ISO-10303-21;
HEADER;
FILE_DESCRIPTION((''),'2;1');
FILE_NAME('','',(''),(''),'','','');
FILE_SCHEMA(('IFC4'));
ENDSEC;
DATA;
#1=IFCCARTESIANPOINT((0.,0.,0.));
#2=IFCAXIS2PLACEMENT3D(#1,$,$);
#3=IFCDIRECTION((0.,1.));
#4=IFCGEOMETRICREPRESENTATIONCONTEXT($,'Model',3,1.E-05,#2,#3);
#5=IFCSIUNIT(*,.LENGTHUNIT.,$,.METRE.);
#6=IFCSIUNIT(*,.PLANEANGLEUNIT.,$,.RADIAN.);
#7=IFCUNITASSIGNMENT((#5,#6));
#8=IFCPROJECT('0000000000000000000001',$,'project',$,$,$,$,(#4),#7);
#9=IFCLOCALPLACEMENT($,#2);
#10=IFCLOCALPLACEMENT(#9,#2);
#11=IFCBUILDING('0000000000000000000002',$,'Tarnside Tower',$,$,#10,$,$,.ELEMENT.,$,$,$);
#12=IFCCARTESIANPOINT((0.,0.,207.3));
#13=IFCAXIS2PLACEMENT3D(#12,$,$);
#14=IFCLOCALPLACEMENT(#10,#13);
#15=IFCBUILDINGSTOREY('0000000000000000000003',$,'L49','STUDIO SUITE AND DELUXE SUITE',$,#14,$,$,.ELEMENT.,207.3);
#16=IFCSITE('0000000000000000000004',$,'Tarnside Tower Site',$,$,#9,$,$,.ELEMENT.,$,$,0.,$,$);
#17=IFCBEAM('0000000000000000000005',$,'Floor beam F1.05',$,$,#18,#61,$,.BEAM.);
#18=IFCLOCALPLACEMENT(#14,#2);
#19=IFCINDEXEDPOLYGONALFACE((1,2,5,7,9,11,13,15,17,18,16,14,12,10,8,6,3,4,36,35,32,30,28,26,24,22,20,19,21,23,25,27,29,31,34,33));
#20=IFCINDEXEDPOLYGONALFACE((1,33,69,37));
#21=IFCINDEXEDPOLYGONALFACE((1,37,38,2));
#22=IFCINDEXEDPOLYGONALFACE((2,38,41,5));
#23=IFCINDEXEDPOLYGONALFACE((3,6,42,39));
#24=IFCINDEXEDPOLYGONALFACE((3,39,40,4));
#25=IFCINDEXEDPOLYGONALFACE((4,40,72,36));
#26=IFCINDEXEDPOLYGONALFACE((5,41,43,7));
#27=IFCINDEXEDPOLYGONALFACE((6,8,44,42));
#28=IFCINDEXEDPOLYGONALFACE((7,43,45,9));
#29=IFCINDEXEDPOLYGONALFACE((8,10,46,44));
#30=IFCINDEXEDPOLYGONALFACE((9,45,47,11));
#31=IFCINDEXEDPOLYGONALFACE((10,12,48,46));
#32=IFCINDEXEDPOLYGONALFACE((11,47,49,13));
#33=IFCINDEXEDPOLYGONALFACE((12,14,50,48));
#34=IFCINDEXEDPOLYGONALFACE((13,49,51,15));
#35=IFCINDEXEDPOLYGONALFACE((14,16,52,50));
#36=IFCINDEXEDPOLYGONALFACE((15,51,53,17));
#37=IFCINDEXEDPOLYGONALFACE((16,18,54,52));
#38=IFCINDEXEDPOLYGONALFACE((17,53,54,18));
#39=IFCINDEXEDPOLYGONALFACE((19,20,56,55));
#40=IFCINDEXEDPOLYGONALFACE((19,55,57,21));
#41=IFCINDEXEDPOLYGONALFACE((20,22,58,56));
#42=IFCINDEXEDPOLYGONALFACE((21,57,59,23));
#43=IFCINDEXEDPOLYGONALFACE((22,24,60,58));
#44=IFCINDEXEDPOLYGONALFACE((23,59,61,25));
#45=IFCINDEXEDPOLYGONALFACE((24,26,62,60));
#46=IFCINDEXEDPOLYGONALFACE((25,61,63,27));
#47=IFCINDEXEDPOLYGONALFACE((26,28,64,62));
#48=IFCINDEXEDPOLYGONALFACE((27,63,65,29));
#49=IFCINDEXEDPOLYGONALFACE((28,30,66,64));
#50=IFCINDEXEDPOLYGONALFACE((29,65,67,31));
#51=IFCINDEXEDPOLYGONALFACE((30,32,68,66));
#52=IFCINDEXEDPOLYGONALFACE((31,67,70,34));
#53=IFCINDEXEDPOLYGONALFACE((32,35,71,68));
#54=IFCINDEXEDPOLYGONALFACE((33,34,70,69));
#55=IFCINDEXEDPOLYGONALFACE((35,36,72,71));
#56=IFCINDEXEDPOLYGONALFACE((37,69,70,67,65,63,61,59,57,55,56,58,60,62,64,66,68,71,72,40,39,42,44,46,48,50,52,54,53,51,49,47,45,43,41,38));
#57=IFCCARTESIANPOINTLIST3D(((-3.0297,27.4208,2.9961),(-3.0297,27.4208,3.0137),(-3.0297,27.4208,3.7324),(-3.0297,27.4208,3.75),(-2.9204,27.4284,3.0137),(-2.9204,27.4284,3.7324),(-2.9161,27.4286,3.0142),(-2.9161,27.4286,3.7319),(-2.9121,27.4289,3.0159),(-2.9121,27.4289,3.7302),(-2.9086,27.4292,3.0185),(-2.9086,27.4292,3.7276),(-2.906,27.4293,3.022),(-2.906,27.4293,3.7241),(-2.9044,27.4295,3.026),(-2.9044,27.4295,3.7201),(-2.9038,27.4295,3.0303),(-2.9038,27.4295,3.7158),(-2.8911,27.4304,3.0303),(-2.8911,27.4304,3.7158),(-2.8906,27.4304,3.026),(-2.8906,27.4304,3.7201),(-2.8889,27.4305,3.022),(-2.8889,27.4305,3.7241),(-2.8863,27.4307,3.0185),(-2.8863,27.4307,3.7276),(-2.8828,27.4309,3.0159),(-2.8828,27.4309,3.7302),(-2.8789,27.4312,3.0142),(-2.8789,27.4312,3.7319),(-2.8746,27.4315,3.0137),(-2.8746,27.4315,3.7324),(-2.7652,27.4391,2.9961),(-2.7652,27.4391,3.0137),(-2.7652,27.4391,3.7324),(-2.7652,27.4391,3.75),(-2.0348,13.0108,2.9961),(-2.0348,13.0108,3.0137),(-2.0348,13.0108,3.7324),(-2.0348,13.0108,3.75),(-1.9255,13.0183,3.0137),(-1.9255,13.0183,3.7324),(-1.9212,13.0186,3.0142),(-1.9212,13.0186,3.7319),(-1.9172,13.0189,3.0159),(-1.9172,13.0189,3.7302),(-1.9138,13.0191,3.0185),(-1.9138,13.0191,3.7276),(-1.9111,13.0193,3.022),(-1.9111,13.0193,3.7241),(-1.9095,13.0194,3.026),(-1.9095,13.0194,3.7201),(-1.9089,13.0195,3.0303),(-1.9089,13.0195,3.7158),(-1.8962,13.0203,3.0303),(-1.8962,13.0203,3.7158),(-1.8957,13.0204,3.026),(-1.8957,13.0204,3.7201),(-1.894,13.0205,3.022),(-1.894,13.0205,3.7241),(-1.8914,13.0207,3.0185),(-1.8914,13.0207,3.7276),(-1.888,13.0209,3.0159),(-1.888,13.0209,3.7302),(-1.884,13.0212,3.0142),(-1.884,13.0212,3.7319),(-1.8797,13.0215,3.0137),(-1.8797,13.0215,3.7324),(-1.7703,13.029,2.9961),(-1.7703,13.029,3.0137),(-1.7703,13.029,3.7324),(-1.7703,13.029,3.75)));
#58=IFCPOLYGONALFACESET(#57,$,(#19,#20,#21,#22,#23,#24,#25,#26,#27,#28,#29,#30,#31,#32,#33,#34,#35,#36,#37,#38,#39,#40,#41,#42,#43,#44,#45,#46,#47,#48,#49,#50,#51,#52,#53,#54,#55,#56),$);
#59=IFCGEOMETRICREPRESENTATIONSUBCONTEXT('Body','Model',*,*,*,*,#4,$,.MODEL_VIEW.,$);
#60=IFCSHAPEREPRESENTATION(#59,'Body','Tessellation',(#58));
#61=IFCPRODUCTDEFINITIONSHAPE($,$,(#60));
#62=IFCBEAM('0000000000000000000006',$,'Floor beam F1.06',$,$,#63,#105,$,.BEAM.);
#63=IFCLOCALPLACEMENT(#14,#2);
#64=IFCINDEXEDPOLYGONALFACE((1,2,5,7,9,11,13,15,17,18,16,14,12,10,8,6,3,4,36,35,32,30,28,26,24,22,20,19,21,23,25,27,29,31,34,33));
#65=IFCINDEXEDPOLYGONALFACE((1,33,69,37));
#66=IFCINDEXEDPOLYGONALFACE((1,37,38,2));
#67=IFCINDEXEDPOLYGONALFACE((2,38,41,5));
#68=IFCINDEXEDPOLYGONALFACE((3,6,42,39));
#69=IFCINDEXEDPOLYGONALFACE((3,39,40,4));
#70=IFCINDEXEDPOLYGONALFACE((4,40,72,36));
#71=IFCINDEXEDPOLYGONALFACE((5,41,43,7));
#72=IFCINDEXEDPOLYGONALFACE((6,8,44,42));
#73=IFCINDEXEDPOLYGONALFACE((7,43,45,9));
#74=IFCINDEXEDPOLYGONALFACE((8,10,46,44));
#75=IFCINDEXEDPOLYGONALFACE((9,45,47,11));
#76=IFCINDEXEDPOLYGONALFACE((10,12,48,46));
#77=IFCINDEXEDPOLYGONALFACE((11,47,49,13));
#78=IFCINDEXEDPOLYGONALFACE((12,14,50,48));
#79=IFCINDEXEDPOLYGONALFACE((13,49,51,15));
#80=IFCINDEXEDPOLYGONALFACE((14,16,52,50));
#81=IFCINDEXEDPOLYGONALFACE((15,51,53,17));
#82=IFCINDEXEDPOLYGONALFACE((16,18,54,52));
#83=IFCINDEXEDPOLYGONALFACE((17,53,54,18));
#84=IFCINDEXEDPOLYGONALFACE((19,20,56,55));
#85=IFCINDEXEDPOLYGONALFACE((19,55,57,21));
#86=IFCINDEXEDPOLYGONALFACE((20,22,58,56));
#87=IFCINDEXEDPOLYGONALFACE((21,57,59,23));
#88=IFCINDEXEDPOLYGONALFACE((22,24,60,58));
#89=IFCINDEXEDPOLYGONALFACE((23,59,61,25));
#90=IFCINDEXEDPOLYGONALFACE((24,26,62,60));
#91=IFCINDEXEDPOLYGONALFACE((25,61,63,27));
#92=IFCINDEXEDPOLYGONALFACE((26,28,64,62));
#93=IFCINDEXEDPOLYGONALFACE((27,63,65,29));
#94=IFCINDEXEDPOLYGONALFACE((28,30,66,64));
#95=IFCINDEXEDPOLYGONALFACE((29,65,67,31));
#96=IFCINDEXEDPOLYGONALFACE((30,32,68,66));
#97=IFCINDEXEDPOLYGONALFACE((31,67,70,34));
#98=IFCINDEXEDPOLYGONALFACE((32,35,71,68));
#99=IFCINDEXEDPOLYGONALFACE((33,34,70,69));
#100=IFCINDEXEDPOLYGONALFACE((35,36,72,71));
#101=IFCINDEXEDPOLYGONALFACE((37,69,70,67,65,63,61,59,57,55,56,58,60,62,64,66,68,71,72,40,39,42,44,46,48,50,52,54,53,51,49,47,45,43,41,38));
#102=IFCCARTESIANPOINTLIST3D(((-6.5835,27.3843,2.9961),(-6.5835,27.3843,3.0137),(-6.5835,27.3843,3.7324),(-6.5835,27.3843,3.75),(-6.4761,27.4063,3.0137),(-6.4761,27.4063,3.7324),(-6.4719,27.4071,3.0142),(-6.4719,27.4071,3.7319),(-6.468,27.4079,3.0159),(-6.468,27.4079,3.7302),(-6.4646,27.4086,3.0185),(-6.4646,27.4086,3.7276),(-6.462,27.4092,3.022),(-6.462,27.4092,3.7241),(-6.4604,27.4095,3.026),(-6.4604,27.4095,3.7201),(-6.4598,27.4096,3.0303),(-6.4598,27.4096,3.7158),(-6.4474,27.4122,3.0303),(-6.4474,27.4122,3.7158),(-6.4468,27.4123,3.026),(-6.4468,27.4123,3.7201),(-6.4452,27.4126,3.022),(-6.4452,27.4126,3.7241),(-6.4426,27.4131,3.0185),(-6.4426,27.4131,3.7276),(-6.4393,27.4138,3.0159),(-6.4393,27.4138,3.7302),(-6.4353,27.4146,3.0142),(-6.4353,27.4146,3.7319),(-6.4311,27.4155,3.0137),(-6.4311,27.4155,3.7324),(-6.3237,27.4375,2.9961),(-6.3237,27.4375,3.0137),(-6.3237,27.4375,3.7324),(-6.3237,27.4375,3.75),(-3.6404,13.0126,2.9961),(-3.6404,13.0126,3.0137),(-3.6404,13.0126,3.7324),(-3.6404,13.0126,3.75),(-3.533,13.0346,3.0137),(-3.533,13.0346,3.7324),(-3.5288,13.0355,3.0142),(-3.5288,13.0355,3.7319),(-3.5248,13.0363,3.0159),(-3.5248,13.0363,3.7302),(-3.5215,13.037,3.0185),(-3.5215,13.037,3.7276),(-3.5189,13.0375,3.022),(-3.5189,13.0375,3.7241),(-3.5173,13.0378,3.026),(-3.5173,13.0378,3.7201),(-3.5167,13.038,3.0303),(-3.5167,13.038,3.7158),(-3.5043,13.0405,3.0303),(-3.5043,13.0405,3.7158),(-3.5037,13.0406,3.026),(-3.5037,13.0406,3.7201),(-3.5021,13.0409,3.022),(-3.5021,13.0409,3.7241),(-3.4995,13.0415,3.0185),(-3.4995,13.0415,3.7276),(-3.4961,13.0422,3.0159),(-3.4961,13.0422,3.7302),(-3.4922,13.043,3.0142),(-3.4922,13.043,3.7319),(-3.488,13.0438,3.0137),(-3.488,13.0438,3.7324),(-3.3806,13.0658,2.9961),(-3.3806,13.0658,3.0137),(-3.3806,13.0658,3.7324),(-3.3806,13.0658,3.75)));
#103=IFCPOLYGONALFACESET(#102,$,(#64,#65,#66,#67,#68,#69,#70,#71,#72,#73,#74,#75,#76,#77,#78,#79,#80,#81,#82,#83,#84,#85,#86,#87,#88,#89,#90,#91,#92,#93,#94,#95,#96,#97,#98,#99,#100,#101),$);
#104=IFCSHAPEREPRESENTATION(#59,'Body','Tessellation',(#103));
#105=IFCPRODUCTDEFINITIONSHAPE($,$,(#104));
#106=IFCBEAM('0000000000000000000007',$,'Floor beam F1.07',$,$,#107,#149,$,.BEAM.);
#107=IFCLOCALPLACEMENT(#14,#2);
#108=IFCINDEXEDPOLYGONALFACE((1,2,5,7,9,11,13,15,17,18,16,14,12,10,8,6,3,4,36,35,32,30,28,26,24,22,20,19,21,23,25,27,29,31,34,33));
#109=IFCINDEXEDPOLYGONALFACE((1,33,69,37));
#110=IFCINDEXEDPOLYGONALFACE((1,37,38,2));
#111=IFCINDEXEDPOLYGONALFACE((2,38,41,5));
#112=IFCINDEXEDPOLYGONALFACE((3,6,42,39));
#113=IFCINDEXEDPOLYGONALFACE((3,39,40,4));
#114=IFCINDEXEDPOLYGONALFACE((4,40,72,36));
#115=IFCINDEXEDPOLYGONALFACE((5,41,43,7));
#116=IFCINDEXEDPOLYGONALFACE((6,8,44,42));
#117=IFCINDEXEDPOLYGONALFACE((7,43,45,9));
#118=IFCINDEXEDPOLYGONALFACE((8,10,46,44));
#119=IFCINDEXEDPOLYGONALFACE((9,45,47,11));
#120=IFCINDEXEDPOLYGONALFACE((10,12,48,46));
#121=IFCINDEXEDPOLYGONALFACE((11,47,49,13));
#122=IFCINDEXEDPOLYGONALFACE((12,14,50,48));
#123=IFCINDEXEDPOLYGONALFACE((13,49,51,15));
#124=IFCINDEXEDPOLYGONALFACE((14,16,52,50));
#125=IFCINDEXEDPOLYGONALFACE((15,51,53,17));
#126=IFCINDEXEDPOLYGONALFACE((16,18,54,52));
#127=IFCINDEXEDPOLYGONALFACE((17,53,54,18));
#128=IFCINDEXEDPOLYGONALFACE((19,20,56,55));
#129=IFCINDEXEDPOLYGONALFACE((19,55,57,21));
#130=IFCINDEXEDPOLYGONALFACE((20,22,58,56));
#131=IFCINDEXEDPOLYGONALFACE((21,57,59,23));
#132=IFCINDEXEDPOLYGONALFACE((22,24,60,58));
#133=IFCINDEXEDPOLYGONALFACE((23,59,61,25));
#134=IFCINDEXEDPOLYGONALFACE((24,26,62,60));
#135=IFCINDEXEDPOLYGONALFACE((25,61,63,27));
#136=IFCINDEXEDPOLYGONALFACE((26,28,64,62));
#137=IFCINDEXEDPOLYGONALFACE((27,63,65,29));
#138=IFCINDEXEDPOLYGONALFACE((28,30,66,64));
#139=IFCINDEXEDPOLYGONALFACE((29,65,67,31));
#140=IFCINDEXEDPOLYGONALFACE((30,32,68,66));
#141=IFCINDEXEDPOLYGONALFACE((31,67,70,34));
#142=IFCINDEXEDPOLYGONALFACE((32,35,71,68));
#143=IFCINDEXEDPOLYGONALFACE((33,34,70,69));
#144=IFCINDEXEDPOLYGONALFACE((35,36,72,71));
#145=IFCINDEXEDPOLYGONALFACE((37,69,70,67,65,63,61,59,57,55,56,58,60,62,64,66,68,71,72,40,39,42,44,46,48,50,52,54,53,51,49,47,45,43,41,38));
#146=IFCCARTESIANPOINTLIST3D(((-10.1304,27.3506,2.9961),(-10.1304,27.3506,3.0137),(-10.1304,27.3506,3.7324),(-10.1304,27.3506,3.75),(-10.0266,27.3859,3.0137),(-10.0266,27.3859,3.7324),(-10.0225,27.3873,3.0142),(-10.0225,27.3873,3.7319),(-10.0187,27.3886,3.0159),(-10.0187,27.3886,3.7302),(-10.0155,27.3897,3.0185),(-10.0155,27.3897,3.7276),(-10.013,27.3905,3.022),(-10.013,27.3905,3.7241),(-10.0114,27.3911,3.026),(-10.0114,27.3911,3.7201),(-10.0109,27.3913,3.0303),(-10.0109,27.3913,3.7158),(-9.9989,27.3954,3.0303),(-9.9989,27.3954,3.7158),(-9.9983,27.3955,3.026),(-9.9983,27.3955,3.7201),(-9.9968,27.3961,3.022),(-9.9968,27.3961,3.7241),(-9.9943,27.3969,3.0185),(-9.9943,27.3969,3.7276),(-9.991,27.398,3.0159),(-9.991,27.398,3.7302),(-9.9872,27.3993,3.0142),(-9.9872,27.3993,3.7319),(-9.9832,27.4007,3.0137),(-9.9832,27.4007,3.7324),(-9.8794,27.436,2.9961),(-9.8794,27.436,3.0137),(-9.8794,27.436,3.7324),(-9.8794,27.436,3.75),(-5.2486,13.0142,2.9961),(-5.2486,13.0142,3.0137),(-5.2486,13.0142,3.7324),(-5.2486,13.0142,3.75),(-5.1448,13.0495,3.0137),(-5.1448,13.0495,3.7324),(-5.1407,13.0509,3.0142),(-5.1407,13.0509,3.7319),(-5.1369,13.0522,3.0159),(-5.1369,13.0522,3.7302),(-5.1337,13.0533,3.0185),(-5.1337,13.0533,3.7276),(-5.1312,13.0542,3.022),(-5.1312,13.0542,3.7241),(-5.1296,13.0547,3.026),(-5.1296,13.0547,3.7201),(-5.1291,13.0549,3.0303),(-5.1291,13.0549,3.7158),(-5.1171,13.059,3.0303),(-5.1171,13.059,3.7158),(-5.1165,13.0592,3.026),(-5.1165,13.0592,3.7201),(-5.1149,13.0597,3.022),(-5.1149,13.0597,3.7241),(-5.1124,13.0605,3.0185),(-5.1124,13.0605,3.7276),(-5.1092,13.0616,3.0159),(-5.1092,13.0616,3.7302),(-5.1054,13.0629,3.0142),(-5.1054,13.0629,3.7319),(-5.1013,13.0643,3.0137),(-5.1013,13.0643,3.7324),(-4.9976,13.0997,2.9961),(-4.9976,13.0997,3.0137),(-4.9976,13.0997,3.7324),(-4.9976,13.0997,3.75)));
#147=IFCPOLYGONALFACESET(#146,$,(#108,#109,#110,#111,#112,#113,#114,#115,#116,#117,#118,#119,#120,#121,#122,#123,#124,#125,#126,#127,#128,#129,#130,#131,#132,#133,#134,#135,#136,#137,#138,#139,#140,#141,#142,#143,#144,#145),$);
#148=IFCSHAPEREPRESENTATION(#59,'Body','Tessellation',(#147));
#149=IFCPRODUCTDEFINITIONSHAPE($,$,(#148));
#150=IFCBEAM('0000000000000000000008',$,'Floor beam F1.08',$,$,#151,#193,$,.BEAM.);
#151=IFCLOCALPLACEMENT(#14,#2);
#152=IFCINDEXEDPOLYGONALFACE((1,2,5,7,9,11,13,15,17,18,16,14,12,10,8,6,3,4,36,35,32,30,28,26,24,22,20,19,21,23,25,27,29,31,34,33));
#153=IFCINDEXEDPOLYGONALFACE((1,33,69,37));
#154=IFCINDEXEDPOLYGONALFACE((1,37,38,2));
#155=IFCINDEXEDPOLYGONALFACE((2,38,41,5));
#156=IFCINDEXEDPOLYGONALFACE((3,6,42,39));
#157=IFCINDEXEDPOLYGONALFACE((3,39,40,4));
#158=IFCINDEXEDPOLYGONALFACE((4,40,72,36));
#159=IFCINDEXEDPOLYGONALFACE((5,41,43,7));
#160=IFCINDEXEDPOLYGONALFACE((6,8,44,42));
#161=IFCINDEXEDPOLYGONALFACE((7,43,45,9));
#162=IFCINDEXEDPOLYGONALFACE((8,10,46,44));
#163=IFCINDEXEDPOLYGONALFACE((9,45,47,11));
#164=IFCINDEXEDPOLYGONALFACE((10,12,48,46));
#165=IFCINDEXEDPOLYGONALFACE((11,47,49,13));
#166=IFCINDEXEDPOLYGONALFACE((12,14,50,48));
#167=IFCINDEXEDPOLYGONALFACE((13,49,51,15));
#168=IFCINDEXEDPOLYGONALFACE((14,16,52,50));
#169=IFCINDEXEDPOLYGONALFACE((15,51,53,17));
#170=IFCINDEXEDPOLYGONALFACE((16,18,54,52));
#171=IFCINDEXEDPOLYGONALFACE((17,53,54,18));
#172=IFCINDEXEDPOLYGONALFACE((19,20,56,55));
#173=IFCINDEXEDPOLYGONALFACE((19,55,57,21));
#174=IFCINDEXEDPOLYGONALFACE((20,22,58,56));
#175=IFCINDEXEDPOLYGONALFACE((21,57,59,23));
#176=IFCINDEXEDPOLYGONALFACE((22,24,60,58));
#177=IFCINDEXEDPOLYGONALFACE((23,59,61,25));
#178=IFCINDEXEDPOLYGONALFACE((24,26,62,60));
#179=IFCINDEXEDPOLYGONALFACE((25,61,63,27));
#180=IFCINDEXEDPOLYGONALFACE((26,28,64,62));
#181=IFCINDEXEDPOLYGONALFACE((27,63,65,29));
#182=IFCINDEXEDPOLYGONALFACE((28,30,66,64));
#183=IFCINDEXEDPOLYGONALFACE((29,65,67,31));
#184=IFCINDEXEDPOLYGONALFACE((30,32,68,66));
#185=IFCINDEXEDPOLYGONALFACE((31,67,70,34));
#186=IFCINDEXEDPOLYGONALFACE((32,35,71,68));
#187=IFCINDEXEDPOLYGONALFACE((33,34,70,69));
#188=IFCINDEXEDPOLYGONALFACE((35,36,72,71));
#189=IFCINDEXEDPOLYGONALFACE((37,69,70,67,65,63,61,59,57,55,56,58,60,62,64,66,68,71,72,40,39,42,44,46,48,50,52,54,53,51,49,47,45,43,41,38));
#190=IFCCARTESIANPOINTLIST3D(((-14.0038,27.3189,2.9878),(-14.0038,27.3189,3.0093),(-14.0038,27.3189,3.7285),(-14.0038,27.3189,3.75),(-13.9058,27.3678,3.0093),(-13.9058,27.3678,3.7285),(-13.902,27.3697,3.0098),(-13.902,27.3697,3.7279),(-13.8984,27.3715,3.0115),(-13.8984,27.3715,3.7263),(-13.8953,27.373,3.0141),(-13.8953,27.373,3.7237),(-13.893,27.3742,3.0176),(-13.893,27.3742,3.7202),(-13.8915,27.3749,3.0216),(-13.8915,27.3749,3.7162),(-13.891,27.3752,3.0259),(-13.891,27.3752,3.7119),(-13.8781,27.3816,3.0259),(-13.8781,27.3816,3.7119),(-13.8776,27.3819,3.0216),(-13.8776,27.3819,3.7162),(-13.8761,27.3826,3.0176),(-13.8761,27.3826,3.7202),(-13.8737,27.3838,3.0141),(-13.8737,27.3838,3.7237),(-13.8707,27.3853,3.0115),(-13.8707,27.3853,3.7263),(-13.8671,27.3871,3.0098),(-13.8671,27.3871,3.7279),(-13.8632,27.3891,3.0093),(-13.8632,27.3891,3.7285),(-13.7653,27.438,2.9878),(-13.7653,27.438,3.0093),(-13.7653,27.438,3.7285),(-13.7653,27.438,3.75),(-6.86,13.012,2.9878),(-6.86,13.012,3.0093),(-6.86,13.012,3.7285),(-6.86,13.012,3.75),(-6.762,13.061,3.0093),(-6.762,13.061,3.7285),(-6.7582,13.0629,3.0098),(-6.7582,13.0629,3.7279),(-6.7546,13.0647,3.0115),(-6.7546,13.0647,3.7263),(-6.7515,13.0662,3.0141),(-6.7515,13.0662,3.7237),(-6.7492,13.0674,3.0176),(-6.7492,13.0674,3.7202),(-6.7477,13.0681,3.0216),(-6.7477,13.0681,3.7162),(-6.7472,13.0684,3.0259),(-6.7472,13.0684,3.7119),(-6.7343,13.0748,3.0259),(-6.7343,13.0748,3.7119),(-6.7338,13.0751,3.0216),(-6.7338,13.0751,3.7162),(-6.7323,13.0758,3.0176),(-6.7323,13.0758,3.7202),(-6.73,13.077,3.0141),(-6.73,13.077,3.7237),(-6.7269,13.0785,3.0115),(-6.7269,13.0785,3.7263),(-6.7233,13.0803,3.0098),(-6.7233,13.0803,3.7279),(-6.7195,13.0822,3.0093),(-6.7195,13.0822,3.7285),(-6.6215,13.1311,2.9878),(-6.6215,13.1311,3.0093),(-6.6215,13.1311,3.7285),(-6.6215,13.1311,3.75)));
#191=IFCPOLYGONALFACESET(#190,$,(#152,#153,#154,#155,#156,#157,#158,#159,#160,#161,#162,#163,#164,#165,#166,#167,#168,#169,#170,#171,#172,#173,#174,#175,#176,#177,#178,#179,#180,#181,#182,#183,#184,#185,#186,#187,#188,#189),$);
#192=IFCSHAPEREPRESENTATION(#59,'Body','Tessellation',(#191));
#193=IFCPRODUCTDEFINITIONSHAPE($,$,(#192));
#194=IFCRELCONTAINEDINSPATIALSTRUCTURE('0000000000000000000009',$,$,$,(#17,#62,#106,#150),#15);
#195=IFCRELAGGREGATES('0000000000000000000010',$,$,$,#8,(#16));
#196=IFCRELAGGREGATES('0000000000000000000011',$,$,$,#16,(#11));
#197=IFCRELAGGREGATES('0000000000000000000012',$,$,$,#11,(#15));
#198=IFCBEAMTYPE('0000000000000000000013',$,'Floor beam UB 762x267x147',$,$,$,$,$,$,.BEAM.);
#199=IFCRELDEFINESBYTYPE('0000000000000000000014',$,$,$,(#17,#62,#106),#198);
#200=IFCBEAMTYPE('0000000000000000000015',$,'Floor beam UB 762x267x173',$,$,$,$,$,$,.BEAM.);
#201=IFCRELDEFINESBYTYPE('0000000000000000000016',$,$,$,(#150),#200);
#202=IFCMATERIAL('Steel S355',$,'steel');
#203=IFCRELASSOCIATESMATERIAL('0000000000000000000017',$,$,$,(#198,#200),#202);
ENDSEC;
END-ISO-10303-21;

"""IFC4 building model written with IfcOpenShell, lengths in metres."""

from ifc_helpers import new_model, si_unit, direction, frame, origin, origin_2d, place, context, subcontext, project, spatial, i_section, extrude, material, material_profile, profile_set, type_object, element, save


model = new_model("IFC4")

# Units and contexts
model_context = context("Model", 3, precision=1e-05, world=origin(), true_north=direction((0.0, 1.0)))
body_context = subcontext(model_context, "Body", "Model", "MODEL_VIEW")
ifc_project = project(units=[si_unit("LENGTHUNIT", "METRE"), si_unit("PLANEANGLEUNIT", "RADIAN")], contexts=[model_context])

# Site, building, storey
site_placement = place(None, origin())
site = spatial("IfcSite", under=ifc_project, at=site_placement, Name="Tarnside Tower Site", CompositionType="ELEMENT", RefElevation=0.0)
building_placement = place(site_placement, origin())
building = spatial("IfcBuilding", under=site, at=building_placement, Name="Tarnside Tower", CompositionType="ELEMENT")
storey_placement = place(building_placement, frame((0.0, 0.0, 207.3)))
storey = spatial("IfcBuildingStorey", under=building, at=storey_placement, Name="L49", Description="STUDIO SUITE AND DELUXE SUITE", CompositionType="ELEMENT", Elevation=207.3)

# Beams
ifc_material_1 = material(Name="Steel S355", Category="steel")
ifc_material_profile_1 = material_profile(ifc_material_1, i_section(OverallWidth=0.2651, OverallDepth=0.7539, WebThickness=0.0127, FlangeThickness=0.0176, FilletRadius=0.0166, at=origin_2d()), Name="UB 762x267x147")
ifc_profile_set_1 = profile_set([ifc_material_profile_1], Name="Steel S355")
beam_type_1 = type_object("IfcBeamType", Name="Floor beam UB 762x267x147", PredefinedType="BEAM", material=ifc_profile_set_1)
beam_1_placement = place(storey_placement, frame((-2.8975, 27.4299, 3.373), z_axis=(0.068877, -0.997625, 0.0), x_axis=(0.997625, 0.068877, 0.0)))
element("IfcBeam", 1, at=beam_1_placement, inside=storey, type_object=beam_type_1, Name="Floor beam F1.05", PredefinedType="BEAM", context=body_context, shape_type="SweptSolid", body=[
    extrude(i_section(OverallWidth=0.2651, OverallDepth=0.7539, WebThickness=0.0127, FlangeThickness=0.0176, FilletRadius=0.0166, at=origin_2d()), origin(), (0.0, 0.0, 1.0), 14.4443),
])
beam_2_placement = place(storey_placement, frame((-6.4536, 27.4109, 3.373), z_axis=(0.200623, -0.979668, 0.0), x_axis=(0.979668, 0.200623, 0.0)))
element("IfcBeam", 2, at=beam_2_placement, inside=storey, type_object=beam_type_1, Name="Floor beam F1.06", PredefinedType="BEAM", context=body_context, shape_type="SweptSolid", body=[
    extrude(i_section(OverallWidth=0.2651, OverallDepth=0.7539, WebThickness=0.0127, FlangeThickness=0.0176, FilletRadius=0.0166, at=origin_2d()), origin(), (0.0, 0.0, 1.0), 14.6699),
])
beam_3_placement = place(storey_placement, frame((-10.0049, 27.3933, 3.373), z_axis=(0.322344, -0.946623, 0.0), x_axis=(0.946623, 0.322344, 0.0)))
element("IfcBeam", 3, at=beam_3_placement, inside=storey, type_object=beam_type_1, Name="Floor beam F1.07", PredefinedType="BEAM", context=body_context, shape_type="SweptSolid", body=[
    extrude(i_section(OverallWidth=0.2651, OverallDepth=0.7539, WebThickness=0.0127, FlangeThickness=0.0176, FilletRadius=0.0166, at=origin_2d()), origin(), (0.0, 0.0, 1.0), 15.1448),
])
ifc_material_profile_2 = material_profile(ifc_material_1, i_section(OverallWidth=0.2666, OverallDepth=0.7622, WebThickness=0.0144, FlangeThickness=0.0215, FilletRadius=0.0166, at=origin_2d()), Name="UB 762x267x173")
ifc_profile_set_2 = profile_set([ifc_material_profile_2], Name="Steel S355")
beam_type_2 = type_object("IfcBeamType", Name="Floor beam UB 762x267x173", PredefinedType="BEAM", material=ifc_profile_set_2)
beam_4_placement = place(storey_placement, frame((-13.8845, 27.3784, 3.3689), z_axis=(0.446731, -0.894668, 0.0), x_axis=(0.894668, 0.446731, 0.0)))
element("IfcBeam", 4, at=beam_4_placement, inside=storey, type_object=beam_type_2, Name="Floor beam F1.08", PredefinedType="BEAM", context=body_context, shape_type="SweptSolid", body=[
    extrude(i_section(OverallWidth=0.2666, OverallDepth=0.7622, WebThickness=0.0144, FlangeThickness=0.0215, FilletRadius=0.0166, at=origin_2d()), origin(), (0.0, 0.0, 1.0), 15.9912),
])

save(model, "model.ifc")
